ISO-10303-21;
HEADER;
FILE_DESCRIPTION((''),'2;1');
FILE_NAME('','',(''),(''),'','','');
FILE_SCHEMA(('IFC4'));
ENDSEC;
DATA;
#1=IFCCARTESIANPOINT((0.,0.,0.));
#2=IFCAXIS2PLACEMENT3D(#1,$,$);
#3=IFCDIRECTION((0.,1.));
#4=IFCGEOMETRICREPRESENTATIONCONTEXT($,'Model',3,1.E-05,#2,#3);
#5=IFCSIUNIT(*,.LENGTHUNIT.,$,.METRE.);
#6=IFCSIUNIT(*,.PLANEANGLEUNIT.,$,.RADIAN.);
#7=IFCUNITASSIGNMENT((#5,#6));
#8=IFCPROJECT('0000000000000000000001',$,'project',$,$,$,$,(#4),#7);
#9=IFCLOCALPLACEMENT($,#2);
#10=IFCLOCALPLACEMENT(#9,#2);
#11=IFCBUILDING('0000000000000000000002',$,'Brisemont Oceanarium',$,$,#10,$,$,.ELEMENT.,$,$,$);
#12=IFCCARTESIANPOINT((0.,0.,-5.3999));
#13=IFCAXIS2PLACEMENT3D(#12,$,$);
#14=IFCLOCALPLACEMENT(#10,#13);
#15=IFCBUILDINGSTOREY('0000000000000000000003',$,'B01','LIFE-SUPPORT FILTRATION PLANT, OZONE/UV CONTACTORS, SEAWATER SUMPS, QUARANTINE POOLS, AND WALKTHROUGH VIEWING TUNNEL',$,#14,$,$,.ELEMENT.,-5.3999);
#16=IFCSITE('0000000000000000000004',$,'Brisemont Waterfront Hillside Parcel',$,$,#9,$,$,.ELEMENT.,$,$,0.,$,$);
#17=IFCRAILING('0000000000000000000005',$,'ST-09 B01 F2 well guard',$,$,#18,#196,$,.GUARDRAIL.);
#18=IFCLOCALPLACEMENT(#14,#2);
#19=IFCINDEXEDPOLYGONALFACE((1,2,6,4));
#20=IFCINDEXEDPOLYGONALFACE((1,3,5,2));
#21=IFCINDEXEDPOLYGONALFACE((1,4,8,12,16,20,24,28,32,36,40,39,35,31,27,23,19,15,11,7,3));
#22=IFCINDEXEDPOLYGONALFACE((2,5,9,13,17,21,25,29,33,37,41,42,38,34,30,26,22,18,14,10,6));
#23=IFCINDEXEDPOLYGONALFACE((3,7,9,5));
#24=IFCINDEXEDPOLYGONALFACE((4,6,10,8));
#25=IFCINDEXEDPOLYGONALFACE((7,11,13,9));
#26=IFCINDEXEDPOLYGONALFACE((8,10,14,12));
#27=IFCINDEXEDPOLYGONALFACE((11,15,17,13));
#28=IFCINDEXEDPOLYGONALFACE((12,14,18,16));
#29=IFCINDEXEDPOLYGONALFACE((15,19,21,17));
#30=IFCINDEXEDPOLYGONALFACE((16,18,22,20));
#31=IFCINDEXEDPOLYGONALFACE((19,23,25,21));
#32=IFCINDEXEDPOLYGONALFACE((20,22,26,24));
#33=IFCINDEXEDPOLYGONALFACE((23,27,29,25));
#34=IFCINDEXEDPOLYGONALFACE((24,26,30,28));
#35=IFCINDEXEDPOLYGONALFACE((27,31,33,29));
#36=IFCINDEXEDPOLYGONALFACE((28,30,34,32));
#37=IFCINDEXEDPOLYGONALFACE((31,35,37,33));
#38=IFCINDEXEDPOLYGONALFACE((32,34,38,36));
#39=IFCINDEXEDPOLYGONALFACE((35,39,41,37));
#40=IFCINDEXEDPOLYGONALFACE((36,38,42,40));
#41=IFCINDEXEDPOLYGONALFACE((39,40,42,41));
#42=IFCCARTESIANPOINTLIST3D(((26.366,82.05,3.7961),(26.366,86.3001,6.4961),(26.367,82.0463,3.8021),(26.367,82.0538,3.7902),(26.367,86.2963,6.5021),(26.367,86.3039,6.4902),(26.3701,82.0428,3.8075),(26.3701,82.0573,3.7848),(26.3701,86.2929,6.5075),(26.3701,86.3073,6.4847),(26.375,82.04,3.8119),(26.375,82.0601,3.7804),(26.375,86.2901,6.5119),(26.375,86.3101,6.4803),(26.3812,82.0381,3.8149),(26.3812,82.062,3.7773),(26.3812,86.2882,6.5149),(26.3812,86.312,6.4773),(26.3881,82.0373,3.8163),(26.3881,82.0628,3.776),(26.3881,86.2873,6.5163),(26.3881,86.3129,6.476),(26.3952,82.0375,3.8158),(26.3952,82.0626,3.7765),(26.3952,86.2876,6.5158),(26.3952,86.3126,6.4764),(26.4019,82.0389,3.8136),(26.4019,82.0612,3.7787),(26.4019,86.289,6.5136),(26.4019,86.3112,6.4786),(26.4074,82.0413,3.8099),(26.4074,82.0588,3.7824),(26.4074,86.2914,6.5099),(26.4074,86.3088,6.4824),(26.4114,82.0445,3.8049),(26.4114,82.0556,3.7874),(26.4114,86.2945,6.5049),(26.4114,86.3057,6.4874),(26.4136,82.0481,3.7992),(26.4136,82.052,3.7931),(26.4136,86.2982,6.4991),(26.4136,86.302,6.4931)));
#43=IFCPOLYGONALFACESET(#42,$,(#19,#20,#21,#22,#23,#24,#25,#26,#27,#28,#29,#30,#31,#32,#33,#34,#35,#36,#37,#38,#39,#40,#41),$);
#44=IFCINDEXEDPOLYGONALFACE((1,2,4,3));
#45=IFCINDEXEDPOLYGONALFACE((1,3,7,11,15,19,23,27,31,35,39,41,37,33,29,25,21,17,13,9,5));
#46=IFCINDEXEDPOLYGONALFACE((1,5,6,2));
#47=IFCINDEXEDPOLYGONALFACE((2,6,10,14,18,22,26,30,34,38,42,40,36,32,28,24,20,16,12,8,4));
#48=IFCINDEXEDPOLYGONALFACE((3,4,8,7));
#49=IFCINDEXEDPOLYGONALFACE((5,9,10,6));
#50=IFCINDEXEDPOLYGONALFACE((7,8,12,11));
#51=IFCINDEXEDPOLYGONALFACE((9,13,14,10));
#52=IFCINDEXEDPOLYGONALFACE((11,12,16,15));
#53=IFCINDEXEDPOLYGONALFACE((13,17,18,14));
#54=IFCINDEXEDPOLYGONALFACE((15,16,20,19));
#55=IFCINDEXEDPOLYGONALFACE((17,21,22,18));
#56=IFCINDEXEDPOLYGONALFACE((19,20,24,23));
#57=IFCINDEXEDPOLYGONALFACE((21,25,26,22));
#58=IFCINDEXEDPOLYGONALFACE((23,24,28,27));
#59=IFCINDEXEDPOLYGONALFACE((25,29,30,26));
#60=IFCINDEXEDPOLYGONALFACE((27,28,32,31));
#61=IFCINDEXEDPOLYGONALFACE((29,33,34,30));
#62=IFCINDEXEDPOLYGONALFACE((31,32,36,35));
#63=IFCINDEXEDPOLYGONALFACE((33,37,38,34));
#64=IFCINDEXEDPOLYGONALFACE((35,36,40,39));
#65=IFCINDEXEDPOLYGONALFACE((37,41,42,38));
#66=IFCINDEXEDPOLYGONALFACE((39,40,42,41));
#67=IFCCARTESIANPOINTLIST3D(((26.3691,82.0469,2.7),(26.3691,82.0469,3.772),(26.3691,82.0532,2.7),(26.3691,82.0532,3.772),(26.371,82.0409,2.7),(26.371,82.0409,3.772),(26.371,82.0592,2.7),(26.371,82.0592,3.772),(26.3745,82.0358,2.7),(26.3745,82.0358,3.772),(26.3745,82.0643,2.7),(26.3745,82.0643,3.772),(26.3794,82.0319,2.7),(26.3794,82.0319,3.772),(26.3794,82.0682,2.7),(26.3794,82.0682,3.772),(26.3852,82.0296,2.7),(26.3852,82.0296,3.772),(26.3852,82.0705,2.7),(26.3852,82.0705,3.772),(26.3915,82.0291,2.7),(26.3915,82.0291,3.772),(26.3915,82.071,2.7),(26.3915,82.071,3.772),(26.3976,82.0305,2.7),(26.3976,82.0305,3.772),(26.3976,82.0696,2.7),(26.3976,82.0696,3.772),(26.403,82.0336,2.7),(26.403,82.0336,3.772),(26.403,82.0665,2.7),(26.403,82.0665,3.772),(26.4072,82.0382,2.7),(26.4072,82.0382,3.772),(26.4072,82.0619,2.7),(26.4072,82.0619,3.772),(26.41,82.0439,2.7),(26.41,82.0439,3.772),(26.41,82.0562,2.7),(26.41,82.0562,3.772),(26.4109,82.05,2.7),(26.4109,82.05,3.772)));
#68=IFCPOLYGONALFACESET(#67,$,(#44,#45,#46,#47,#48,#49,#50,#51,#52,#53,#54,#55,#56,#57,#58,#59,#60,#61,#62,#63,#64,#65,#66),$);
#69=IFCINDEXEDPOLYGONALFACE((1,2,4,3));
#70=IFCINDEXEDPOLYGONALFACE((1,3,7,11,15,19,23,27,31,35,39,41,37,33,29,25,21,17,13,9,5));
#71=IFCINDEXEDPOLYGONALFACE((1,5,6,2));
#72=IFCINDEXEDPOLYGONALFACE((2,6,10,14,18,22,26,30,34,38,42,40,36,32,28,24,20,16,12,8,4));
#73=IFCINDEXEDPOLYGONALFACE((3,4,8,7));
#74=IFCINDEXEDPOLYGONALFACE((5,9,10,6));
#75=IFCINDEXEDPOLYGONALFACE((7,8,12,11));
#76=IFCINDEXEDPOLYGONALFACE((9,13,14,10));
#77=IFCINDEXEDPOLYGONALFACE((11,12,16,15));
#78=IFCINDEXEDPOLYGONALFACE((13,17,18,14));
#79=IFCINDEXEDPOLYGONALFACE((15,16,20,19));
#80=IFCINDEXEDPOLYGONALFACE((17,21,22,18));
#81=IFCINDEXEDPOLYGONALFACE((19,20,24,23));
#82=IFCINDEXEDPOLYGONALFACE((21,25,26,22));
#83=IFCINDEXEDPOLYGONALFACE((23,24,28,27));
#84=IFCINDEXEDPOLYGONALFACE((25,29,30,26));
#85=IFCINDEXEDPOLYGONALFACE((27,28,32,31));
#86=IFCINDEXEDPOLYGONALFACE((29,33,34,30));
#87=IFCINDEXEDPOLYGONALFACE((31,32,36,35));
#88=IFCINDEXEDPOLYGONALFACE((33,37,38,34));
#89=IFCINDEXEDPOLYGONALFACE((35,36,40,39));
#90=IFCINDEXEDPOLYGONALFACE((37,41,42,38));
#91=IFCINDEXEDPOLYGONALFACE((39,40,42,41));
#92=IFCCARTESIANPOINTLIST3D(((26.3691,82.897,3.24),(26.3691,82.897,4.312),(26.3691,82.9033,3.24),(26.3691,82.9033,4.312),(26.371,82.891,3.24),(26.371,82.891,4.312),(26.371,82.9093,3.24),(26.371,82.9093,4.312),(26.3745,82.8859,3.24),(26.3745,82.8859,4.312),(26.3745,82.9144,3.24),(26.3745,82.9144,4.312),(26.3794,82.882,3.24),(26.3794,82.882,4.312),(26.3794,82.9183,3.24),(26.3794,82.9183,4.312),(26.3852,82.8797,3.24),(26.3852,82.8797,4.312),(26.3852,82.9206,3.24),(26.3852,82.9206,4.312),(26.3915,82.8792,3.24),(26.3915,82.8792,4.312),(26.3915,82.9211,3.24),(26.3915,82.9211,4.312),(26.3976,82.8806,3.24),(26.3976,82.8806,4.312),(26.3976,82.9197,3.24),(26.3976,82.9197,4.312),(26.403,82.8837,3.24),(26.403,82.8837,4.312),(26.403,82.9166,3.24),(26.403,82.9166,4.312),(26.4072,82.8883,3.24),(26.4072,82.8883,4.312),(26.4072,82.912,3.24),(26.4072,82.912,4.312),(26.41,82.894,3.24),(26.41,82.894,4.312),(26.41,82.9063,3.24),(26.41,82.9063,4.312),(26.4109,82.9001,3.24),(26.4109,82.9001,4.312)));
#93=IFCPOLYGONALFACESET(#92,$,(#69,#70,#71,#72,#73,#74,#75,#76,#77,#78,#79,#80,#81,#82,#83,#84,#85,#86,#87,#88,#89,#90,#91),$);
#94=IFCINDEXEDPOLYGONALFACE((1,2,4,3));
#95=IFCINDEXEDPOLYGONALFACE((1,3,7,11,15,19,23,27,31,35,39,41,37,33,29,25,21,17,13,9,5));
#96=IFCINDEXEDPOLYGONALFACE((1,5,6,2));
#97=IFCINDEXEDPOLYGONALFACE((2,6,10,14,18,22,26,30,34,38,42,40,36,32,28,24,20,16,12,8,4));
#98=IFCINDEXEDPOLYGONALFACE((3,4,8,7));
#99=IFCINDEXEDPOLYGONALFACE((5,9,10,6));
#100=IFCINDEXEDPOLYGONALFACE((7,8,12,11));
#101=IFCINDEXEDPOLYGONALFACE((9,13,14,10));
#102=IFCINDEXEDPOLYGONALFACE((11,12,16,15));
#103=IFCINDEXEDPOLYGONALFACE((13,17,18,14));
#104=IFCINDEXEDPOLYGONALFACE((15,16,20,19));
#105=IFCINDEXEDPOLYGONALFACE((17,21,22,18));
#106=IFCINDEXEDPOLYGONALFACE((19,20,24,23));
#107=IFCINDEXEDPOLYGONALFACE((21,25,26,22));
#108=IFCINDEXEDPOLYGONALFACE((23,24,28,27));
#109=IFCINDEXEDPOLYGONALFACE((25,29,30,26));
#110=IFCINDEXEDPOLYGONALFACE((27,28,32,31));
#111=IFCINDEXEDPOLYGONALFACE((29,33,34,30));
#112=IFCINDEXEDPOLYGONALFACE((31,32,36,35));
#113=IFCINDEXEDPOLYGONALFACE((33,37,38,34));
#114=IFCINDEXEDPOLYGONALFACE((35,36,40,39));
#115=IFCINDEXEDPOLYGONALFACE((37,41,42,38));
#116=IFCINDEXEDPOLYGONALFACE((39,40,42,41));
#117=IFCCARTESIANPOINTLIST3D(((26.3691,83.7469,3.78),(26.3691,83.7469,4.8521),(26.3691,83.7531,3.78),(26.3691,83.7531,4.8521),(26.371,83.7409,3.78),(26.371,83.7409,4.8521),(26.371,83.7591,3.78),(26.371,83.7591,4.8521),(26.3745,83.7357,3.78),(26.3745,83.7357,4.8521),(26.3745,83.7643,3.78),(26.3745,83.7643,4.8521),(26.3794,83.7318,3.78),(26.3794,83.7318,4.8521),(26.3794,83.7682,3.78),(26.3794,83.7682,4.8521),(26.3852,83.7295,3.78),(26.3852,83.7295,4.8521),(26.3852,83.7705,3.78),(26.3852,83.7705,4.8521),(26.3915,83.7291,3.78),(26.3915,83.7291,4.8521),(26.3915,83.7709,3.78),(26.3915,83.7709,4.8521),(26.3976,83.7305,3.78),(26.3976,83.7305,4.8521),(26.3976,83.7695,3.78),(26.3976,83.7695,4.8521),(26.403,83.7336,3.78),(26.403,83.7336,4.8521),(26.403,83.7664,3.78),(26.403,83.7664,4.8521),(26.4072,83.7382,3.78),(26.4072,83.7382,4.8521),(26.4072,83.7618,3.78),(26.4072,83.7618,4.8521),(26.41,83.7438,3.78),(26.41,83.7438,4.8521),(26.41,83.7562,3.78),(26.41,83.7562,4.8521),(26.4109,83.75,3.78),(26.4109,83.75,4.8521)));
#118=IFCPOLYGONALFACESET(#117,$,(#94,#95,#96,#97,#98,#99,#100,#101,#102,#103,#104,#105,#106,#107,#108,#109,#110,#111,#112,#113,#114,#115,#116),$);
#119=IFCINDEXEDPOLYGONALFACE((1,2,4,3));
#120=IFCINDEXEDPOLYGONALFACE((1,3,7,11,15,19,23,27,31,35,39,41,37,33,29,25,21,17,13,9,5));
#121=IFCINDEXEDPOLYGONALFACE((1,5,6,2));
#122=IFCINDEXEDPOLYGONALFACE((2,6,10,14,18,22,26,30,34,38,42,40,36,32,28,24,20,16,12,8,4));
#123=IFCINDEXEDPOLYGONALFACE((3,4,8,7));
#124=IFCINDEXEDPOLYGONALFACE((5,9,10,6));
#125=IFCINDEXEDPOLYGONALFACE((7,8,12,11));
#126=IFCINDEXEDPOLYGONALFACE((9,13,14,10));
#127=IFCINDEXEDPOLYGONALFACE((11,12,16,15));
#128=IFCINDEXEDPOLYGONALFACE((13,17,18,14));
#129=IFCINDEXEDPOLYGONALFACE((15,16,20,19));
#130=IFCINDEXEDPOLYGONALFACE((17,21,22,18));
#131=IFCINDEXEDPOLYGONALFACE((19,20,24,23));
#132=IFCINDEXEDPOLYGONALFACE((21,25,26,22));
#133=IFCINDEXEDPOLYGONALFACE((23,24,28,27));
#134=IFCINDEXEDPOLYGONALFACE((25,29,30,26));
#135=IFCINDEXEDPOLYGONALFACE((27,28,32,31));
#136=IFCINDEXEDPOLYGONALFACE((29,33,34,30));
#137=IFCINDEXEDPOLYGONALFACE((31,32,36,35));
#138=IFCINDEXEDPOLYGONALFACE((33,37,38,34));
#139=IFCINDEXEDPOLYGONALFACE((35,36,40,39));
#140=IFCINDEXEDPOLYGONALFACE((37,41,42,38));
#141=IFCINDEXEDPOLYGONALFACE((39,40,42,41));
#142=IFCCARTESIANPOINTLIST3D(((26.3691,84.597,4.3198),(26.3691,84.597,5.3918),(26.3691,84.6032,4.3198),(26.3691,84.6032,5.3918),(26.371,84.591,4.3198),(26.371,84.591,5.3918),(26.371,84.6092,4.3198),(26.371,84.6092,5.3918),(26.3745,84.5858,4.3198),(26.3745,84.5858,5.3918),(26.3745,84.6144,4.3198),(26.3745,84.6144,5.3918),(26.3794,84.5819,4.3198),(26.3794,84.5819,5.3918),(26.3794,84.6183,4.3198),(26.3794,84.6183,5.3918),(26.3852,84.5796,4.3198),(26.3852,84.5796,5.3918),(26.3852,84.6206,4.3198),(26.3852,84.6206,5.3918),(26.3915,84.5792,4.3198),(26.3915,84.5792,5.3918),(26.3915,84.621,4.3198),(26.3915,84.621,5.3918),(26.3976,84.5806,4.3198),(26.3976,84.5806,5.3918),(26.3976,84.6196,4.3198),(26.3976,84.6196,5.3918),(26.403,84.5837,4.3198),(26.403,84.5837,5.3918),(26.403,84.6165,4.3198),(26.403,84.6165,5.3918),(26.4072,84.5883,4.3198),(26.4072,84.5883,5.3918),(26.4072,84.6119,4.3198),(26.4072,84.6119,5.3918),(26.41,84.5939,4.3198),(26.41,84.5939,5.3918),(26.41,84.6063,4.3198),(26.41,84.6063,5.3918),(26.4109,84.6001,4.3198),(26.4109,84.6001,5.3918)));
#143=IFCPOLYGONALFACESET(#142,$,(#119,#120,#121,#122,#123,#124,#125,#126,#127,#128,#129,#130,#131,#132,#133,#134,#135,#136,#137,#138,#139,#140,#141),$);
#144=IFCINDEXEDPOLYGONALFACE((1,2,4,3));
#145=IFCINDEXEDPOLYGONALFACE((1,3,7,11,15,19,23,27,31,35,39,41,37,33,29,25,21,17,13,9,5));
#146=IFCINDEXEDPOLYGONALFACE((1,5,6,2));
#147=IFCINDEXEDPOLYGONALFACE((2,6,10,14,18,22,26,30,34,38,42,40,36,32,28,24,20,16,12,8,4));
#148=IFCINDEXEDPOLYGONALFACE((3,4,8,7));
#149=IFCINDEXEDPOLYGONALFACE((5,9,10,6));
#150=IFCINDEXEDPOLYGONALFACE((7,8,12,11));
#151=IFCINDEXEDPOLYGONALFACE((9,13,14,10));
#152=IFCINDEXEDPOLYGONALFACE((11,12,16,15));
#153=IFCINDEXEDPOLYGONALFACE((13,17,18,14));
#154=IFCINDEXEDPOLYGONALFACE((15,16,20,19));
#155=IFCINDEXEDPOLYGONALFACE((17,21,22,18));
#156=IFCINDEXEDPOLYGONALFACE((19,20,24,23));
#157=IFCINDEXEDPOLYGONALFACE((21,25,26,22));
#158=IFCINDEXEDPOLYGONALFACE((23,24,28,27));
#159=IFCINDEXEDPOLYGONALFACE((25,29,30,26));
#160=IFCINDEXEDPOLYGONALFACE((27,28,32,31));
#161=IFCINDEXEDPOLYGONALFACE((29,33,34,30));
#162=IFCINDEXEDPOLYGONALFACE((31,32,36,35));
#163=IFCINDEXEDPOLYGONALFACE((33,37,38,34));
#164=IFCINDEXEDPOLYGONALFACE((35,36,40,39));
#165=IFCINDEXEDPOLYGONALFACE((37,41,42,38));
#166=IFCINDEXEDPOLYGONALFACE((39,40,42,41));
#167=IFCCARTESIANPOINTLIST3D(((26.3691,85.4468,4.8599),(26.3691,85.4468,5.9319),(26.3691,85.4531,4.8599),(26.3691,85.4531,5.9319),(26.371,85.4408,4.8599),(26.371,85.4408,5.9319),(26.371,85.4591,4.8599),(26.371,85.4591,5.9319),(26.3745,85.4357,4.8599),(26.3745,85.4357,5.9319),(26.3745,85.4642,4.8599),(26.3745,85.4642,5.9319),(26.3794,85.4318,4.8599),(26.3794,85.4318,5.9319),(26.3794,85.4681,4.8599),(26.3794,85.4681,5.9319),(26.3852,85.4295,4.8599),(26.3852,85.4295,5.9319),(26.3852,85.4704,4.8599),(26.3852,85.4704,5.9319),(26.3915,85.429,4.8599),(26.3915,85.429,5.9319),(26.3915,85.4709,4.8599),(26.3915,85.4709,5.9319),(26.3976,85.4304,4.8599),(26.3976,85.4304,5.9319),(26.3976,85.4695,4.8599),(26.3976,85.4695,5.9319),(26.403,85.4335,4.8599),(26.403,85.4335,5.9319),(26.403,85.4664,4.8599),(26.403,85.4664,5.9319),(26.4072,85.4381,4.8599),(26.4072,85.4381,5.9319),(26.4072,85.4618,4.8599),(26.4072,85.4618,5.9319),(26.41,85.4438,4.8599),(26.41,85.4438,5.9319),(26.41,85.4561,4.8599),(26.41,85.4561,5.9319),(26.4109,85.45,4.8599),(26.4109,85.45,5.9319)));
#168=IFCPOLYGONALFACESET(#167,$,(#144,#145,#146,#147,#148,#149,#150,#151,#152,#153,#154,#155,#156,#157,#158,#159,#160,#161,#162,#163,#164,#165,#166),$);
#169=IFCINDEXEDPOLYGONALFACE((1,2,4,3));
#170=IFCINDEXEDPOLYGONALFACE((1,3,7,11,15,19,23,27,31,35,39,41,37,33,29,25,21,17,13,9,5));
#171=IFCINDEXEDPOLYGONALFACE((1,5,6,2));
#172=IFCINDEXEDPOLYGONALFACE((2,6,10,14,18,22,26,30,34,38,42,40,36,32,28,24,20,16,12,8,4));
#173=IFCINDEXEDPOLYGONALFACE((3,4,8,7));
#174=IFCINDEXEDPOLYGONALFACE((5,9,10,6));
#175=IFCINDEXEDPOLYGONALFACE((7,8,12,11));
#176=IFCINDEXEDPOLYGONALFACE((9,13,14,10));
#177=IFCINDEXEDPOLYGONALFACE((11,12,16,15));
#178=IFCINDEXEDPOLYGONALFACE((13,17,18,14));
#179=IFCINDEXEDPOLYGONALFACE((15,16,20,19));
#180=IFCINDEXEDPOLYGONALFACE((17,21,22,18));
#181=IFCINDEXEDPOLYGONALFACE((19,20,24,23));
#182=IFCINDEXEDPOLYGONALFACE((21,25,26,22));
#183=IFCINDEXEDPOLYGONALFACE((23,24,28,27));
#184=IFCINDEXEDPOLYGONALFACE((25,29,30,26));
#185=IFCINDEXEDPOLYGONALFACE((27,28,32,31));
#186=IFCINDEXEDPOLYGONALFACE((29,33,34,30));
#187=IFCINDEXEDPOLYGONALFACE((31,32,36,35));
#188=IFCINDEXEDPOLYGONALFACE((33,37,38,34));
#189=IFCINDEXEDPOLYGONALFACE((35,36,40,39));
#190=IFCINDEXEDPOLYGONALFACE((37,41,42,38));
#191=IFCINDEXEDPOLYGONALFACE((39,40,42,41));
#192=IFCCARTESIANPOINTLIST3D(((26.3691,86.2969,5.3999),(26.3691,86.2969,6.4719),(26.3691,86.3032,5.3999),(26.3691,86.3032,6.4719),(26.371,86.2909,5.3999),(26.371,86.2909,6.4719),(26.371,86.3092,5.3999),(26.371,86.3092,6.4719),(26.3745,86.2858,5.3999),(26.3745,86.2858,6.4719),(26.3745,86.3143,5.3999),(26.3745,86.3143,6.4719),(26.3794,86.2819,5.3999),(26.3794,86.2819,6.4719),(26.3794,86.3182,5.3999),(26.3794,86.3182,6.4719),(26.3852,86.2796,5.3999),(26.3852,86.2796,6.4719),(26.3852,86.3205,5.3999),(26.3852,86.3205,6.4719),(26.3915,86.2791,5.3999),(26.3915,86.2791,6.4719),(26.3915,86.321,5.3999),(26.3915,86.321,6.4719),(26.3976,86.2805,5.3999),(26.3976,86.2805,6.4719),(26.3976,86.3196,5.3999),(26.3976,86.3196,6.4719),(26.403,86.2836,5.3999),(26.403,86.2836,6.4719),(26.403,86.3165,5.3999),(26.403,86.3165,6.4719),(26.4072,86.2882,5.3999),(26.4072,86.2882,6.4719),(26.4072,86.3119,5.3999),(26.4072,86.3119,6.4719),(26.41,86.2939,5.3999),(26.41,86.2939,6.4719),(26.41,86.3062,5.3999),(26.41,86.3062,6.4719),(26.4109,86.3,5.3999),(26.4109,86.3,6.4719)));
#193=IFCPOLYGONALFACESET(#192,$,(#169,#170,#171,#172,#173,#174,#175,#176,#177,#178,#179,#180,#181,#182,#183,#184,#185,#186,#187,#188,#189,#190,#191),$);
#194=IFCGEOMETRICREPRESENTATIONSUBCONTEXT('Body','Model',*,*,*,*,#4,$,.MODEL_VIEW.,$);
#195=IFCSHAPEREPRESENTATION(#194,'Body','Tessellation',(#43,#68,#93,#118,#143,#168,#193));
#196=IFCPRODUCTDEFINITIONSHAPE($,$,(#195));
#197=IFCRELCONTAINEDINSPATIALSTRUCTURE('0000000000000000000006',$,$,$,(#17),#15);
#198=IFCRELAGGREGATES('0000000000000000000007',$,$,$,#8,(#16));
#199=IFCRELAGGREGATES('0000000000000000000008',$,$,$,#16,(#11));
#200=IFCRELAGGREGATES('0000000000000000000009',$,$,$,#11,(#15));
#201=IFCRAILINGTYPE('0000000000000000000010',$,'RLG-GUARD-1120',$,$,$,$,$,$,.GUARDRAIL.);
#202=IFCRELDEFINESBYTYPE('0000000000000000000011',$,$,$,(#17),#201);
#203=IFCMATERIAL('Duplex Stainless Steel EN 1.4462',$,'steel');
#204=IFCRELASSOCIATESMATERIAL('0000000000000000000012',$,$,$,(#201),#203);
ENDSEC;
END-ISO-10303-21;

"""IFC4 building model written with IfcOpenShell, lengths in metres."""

from ifc_helpers import new_model, si_unit, direction, frame, origin, origin_2d, place, context, subcontext, project, spatial, circle, extrude, material, type_object, element, save


model = new_model("IFC4")

# Units and contexts
model_context = context("Model", 3, precision=1e-05, world=origin(), true_north=direction((0.0, 1.0)))
body_context = subcontext(model_context, "Body", "Model", "MODEL_VIEW")
ifc_project = project(units=[si_unit("LENGTHUNIT", "METRE"), si_unit("PLANEANGLEUNIT", "RADIAN")], contexts=[model_context])

# Site, building, storey
site_placement = place(None, origin())
site = spatial("IfcSite", under=ifc_project, at=site_placement, Name="Brisemont Waterfront Hillside Parcel", CompositionType="ELEMENT", RefElevation=0.0)
building_placement = place(site_placement, origin())
building = spatial("IfcBuilding", under=site, at=building_placement, Name="Brisemont Oceanarium", CompositionType="ELEMENT")
storey_placement = place(building_placement, frame((0.0, 0.0, -5.3999)))
storey = spatial("IfcBuildingStorey", under=building, at=storey_placement, Name="B01", Description="LIFE-SUPPORT FILTRATION PLANT, OZONE/UV CONTACTORS, SEAWATER SUMPS, QUARANTINE POOLS, AND WALKTHROUGH VIEWING TUNNEL", CompositionType="ELEMENT", Elevation=-5.3999)

# Railing
ifc_material_1 = material(Name="Duplex Stainless Steel EN 1.4462", Category="steel")
railing_type_1 = type_object("IfcRailingType", Name="RLG-GUARD-1120", PredefinedType="GUARDRAIL", material=ifc_material_1)
railing_1_placement = place(storey_placement, frame((26.3899, 82.05, 2.7)))
element("IfcRailing", 1, at=railing_1_placement, inside=storey, type_object=railing_type_1, Name="ST-09 B01 F2 well guard", PredefinedType="GUARDRAIL", context=body_context, shape_type="SweptSolid", body=[
    extrude(circle(Radius=0.0239, at=origin_2d()), frame((0.0, 0.0, 1.0962), z_axis=(0.0, 0.844075, 0.536226), x_axis=(-1.0, 0.0, 0.0)), (0.0, 0.0, 1.0), 5.0352),
    extrude(circle(Radius=0.021, at=origin_2d()), origin(), (0.0, 0.0, 1.0), 1.072),
    extrude(circle(Radius=0.021, at=origin_2d()), frame((0.0, 0.8501, 0.54)), (0.0, 0.0, 1.0), 1.072),
    extrude(circle(Radius=0.021, at=origin_2d()), frame((0.0, 1.7, 1.0801)), (0.0, 0.0, 1.0), 1.072),
    extrude(circle(Radius=0.021, at=origin_2d()), frame((0.0, 2.55, 1.6199)), (0.0, 0.0, 1.0), 1.072),
    extrude(circle(Radius=0.021, at=origin_2d()), frame((0.0, 3.3999, 2.1599)), (0.0, 0.0, 1.0), 1.072),
    extrude(circle(Radius=0.021, at=origin_2d()), frame((0.0, 4.25, 2.7)), (0.0, 0.0, 1.0), 1.072),
])

save(model, "model.ifc")
